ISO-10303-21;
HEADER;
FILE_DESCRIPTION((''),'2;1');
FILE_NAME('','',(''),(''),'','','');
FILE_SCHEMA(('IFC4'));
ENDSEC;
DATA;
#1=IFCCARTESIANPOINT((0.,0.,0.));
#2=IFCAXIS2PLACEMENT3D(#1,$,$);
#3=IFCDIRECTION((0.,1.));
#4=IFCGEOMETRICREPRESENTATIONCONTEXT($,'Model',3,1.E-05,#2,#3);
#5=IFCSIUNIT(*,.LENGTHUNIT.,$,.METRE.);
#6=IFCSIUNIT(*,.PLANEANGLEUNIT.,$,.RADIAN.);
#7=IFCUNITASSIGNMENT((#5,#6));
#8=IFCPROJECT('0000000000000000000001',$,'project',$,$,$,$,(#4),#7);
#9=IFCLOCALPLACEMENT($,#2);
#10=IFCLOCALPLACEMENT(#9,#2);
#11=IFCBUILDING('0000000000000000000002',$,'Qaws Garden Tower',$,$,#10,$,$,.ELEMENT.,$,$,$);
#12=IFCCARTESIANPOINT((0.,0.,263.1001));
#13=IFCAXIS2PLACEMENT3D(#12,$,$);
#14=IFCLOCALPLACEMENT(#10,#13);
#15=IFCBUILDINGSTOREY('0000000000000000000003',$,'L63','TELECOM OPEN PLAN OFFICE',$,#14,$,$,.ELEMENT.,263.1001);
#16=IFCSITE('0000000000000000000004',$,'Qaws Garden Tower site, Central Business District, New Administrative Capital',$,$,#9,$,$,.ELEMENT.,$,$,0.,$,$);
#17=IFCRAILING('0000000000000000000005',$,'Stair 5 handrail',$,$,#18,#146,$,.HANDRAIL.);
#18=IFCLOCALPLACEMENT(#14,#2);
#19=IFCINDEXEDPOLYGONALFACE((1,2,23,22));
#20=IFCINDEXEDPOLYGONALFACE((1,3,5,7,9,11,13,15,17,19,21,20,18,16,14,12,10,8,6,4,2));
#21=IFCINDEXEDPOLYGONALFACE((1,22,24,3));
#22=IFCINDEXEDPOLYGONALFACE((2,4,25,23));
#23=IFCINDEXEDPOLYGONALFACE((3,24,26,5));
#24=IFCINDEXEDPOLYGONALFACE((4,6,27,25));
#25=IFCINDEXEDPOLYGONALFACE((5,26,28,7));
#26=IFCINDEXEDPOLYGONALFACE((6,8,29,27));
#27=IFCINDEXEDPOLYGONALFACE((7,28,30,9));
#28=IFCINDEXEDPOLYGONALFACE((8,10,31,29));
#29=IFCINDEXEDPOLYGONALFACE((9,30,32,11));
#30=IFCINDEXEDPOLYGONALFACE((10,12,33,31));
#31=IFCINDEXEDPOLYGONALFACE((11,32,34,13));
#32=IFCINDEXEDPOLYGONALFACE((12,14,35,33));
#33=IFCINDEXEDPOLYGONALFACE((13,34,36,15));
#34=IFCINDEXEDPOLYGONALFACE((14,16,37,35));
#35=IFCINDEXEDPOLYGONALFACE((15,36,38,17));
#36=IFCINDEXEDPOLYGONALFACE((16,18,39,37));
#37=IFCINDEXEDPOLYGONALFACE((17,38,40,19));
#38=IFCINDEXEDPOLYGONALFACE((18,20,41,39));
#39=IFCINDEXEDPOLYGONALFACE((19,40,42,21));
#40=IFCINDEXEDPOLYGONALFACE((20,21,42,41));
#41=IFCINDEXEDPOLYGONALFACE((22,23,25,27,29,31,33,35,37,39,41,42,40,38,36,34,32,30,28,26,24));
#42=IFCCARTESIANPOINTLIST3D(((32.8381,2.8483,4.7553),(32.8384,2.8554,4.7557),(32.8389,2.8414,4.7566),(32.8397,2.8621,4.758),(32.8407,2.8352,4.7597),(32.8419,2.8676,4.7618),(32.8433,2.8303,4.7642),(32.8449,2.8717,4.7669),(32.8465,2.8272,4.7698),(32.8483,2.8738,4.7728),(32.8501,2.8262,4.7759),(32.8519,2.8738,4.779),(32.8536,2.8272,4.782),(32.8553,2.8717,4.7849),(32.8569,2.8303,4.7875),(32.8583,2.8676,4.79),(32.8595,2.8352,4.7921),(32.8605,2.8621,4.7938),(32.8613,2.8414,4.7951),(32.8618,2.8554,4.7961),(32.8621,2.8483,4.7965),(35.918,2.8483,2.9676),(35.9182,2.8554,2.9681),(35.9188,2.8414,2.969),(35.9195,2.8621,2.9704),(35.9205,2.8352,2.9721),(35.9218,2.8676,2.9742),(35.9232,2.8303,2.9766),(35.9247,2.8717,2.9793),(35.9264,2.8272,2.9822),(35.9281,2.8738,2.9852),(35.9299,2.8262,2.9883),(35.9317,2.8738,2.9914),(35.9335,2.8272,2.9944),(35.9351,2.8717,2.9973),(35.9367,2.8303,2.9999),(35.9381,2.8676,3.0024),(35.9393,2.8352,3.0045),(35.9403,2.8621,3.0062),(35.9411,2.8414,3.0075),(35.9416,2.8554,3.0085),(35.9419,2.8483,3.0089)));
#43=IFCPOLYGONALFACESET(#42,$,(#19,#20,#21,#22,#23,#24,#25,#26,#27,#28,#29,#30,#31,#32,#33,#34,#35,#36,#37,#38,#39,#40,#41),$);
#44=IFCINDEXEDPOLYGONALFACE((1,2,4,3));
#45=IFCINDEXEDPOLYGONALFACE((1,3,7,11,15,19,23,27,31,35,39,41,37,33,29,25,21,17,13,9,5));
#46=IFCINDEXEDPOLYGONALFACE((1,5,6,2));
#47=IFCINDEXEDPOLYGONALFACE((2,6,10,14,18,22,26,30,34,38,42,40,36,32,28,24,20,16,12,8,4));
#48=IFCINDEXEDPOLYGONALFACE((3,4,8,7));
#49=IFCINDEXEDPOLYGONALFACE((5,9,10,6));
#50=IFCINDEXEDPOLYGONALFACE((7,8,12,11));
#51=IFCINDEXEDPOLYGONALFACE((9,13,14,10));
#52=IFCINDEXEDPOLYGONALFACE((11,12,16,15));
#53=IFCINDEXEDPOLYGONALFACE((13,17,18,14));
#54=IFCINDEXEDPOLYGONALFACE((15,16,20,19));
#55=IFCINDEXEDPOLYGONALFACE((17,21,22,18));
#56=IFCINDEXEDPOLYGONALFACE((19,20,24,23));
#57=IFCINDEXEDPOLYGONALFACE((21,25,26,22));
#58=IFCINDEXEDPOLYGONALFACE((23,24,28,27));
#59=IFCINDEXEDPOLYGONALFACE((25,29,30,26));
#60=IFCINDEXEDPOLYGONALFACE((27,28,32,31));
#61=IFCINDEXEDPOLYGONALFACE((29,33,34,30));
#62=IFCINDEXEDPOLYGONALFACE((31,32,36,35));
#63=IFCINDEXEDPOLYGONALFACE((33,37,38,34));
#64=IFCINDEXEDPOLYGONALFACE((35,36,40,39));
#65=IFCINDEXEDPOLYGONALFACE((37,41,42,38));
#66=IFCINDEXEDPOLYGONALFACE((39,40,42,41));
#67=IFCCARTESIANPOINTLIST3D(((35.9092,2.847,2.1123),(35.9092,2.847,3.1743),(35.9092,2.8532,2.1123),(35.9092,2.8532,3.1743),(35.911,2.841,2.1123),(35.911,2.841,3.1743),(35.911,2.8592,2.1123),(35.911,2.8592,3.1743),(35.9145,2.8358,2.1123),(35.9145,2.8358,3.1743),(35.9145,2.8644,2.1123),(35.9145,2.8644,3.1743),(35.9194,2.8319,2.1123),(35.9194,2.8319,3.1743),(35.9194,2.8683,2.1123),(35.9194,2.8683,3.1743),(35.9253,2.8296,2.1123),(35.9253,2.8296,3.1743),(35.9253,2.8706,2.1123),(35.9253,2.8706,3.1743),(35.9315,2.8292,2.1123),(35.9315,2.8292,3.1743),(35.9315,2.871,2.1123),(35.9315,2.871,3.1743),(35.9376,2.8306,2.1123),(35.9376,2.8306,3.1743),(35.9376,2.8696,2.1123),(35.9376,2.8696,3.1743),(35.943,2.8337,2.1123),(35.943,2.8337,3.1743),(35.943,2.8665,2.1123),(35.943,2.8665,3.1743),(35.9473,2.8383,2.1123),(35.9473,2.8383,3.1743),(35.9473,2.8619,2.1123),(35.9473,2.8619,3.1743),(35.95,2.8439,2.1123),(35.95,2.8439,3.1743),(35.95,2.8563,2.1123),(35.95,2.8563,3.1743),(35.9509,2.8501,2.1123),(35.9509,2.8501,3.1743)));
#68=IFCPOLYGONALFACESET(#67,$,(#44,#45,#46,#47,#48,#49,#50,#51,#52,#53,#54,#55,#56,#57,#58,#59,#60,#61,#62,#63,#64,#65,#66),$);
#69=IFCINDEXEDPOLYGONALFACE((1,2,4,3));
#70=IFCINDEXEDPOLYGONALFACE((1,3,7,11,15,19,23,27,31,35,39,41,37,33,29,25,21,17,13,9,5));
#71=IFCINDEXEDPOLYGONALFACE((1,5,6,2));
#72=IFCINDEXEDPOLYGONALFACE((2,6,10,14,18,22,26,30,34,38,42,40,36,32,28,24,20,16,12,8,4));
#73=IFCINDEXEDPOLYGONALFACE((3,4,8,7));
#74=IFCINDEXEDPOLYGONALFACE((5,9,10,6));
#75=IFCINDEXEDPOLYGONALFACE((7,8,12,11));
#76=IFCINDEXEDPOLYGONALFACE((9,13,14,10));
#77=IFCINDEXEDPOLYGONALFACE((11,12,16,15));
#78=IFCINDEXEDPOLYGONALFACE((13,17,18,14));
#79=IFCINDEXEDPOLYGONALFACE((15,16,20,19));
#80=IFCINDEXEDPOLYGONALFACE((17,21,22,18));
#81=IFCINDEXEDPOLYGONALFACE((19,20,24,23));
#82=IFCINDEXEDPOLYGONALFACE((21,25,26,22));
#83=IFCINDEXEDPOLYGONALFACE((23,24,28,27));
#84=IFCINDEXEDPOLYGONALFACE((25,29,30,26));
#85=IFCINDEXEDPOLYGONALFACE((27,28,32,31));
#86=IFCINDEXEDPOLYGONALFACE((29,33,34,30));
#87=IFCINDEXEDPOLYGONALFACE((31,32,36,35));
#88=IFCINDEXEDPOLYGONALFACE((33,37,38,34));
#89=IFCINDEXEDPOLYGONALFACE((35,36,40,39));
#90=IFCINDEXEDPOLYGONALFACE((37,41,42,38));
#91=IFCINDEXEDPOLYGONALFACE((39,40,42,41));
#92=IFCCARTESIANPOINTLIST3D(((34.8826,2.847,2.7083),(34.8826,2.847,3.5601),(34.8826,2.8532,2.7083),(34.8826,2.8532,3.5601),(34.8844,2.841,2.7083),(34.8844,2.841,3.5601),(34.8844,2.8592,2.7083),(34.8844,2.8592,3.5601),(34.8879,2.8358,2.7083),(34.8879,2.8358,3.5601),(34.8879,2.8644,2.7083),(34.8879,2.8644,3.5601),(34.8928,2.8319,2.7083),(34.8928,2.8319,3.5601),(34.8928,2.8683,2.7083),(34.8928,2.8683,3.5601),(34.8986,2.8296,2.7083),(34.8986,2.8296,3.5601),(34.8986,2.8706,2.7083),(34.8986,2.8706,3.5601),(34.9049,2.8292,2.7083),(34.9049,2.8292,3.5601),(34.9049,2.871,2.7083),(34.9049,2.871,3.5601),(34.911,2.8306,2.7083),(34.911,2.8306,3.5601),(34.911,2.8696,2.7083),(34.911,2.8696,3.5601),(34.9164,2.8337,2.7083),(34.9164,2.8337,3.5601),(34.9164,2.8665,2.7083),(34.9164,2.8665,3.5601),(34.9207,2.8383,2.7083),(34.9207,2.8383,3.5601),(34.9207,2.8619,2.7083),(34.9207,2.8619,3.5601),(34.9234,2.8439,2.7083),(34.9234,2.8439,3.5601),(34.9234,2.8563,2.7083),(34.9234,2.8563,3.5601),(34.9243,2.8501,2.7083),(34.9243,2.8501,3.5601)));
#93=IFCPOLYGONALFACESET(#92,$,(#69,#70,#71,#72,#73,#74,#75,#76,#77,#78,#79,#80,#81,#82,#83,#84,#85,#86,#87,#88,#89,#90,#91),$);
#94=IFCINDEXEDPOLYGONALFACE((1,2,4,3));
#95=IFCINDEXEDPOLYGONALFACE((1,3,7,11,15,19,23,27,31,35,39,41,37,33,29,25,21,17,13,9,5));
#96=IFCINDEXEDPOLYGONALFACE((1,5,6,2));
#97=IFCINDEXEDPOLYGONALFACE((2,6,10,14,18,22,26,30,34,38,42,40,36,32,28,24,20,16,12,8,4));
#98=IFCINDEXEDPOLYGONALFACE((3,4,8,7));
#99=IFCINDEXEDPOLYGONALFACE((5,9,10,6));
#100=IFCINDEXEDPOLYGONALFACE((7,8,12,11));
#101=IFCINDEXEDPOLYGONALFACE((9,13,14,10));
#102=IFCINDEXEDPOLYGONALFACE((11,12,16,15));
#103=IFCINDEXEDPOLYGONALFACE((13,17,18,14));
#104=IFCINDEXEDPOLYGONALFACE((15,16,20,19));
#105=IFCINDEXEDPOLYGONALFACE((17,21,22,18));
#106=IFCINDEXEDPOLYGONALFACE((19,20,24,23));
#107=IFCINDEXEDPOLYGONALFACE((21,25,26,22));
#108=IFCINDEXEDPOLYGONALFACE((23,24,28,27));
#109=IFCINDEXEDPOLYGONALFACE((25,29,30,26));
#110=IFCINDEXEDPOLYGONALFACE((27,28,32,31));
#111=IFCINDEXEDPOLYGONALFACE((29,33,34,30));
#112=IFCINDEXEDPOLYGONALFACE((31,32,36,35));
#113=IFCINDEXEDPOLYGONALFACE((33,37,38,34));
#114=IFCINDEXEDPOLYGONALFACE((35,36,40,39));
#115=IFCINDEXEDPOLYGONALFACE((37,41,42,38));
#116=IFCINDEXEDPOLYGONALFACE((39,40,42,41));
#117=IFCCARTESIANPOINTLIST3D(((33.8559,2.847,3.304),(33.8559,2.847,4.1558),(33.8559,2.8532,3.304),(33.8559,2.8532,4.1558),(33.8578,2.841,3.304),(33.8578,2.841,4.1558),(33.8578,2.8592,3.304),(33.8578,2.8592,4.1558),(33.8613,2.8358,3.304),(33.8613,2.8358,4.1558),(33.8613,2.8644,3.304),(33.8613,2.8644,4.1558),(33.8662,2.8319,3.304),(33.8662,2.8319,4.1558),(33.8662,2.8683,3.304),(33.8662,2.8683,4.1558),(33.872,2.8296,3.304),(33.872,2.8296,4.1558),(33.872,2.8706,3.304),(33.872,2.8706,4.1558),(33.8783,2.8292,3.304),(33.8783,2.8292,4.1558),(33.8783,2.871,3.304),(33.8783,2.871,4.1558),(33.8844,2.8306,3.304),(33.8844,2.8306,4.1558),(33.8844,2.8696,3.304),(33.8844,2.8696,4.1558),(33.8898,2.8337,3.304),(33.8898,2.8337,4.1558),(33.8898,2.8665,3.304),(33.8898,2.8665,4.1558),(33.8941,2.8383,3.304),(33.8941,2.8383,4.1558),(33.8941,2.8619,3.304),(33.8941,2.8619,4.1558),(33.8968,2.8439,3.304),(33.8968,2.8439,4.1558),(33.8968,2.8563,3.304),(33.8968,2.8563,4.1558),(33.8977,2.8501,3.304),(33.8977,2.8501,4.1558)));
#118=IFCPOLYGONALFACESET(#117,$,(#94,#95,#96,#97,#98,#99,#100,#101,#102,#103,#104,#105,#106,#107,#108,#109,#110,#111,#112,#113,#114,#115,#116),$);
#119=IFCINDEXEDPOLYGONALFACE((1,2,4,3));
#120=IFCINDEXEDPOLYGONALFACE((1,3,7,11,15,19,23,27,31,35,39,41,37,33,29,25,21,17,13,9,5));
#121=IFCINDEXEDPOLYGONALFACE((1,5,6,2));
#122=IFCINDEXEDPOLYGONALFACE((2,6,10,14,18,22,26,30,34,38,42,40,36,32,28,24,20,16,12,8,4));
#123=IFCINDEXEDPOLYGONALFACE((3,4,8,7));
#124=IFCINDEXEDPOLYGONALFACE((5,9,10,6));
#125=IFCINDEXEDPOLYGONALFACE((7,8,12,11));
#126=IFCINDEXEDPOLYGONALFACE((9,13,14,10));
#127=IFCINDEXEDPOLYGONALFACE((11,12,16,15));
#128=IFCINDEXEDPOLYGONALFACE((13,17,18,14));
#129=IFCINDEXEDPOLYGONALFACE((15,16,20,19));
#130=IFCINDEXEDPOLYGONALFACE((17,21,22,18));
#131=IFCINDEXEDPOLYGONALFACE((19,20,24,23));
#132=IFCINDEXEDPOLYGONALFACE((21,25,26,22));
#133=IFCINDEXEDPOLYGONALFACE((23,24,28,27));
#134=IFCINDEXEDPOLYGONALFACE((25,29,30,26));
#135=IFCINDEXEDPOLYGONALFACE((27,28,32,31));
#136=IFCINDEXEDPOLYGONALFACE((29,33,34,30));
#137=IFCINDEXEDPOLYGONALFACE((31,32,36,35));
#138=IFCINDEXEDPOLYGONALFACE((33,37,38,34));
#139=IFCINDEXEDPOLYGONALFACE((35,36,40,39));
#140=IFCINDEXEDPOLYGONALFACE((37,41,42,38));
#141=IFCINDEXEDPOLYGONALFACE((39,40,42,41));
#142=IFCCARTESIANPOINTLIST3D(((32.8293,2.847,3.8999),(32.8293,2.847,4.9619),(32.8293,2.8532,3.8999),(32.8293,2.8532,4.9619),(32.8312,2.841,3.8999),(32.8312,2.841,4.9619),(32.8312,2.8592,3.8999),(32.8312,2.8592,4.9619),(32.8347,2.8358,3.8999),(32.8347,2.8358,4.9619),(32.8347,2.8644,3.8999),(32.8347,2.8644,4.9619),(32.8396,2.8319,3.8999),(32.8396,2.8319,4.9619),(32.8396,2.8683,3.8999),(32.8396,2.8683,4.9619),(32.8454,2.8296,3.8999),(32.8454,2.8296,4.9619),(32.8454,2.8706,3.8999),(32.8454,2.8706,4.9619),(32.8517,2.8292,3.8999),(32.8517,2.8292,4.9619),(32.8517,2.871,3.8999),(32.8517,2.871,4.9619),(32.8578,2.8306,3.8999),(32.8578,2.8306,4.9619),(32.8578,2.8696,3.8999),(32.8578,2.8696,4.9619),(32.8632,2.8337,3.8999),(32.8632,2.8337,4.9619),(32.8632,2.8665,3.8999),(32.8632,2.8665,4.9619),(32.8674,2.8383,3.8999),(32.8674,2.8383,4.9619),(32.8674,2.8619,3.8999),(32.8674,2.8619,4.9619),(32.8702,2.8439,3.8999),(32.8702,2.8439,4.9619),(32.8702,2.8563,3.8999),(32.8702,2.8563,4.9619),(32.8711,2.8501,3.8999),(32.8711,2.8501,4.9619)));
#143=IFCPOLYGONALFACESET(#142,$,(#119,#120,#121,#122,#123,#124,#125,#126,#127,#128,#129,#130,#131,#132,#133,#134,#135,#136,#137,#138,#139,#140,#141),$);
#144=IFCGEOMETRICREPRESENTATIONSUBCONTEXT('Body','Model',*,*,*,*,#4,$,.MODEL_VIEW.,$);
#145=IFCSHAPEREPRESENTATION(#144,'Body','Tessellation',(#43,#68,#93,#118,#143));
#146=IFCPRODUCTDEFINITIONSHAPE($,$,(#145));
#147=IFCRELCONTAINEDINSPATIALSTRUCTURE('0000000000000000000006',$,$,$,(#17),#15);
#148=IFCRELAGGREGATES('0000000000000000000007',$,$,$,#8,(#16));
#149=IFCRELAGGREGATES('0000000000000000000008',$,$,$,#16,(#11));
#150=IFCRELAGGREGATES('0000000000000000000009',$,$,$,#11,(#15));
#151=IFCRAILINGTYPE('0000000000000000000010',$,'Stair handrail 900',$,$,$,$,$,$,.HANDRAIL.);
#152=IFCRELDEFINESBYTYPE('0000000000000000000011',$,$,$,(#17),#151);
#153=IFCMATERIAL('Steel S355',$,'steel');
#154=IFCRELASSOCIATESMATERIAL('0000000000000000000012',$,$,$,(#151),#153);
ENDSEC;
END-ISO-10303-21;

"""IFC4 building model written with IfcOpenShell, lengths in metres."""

from ifc_helpers import new_model, si_unit, direction, frame, origin, origin_2d, place, context, subcontext, project, spatial, circle, extrude, material, type_object, element, save


model = new_model("IFC4")

# Units and contexts
model_context = context("Model", 3, precision=1e-05, world=origin(), true_north=direction((0.0, 1.0)))
body_context = subcontext(model_context, "Body", "Model", "MODEL_VIEW")
ifc_project = project(units=[si_unit("LENGTHUNIT", "METRE"), si_unit("PLANEANGLEUNIT", "RADIAN")], contexts=[model_context])

# Site, building, storey
site_placement = place(None, origin())
site = spatial("IfcSite", under=ifc_project, at=site_placement, Name="Qaws Garden Tower site, Central Business District, New Administrative Capital", CompositionType="ELEMENT", RefElevation=0.0)
building_placement = place(site_placement, origin())
building = spatial("IfcBuilding", under=site, at=building_placement, Name="Qaws Garden Tower", CompositionType="ELEMENT")
storey_placement = place(building_placement, frame((0.0, 0.0, 263.1001)))
storey = spatial("IfcBuildingStorey", under=building, at=storey_placement, Name="L63", Description="TELECOM OPEN PLAN OFFICE", CompositionType="ELEMENT", Elevation=263.1001)

# Railing
ifc_material_1 = material(Name="Steel S355", Category="steel")
railing_type = type_object("IfcRailingType", Name="Stair handrail 900", PredefinedType="HANDRAIL", material=ifc_material_1)
railing_placement = place(storey_placement, frame((35.9299, 2.8501, 2.1123)))
element("IfcRailing", 1, at=railing_placement, inside=storey, type_object=railing_type, Name="Stair 5 handrail", PredefinedType="HANDRAIL", context=body_context, shape_type="SweptSolid", body=[
    extrude(circle(Radius=0.0239, at=origin_2d()), frame((0.0, 0.0, 0.876), z_axis=(-0.864873, 0.0, 0.50199), x_axis=(0.0, -1.0, 0.0)), (0.0, 0.0, 1.0), 3.561),
    extrude(circle(Radius=0.021, at=origin_2d()), origin(), (0.0, 0.0, 1.0), 1.062),
    extrude(circle(Radius=0.021, at=origin_2d()), frame((-1.0266, 0.0, 0.5959)), (0.0, 0.0, 1.0), 0.8518),
    extrude(circle(Radius=0.021, at=origin_2d()), frame((-2.0532, 0.0, 1.1917)), (0.0, 0.0, 1.0), 0.8518),
    extrude(circle(Radius=0.021, at=origin_2d()), frame((-3.0798, 0.0, 1.7876)), (0.0, 0.0, 1.0), 1.062),
])

save(model, "model.ifc")
